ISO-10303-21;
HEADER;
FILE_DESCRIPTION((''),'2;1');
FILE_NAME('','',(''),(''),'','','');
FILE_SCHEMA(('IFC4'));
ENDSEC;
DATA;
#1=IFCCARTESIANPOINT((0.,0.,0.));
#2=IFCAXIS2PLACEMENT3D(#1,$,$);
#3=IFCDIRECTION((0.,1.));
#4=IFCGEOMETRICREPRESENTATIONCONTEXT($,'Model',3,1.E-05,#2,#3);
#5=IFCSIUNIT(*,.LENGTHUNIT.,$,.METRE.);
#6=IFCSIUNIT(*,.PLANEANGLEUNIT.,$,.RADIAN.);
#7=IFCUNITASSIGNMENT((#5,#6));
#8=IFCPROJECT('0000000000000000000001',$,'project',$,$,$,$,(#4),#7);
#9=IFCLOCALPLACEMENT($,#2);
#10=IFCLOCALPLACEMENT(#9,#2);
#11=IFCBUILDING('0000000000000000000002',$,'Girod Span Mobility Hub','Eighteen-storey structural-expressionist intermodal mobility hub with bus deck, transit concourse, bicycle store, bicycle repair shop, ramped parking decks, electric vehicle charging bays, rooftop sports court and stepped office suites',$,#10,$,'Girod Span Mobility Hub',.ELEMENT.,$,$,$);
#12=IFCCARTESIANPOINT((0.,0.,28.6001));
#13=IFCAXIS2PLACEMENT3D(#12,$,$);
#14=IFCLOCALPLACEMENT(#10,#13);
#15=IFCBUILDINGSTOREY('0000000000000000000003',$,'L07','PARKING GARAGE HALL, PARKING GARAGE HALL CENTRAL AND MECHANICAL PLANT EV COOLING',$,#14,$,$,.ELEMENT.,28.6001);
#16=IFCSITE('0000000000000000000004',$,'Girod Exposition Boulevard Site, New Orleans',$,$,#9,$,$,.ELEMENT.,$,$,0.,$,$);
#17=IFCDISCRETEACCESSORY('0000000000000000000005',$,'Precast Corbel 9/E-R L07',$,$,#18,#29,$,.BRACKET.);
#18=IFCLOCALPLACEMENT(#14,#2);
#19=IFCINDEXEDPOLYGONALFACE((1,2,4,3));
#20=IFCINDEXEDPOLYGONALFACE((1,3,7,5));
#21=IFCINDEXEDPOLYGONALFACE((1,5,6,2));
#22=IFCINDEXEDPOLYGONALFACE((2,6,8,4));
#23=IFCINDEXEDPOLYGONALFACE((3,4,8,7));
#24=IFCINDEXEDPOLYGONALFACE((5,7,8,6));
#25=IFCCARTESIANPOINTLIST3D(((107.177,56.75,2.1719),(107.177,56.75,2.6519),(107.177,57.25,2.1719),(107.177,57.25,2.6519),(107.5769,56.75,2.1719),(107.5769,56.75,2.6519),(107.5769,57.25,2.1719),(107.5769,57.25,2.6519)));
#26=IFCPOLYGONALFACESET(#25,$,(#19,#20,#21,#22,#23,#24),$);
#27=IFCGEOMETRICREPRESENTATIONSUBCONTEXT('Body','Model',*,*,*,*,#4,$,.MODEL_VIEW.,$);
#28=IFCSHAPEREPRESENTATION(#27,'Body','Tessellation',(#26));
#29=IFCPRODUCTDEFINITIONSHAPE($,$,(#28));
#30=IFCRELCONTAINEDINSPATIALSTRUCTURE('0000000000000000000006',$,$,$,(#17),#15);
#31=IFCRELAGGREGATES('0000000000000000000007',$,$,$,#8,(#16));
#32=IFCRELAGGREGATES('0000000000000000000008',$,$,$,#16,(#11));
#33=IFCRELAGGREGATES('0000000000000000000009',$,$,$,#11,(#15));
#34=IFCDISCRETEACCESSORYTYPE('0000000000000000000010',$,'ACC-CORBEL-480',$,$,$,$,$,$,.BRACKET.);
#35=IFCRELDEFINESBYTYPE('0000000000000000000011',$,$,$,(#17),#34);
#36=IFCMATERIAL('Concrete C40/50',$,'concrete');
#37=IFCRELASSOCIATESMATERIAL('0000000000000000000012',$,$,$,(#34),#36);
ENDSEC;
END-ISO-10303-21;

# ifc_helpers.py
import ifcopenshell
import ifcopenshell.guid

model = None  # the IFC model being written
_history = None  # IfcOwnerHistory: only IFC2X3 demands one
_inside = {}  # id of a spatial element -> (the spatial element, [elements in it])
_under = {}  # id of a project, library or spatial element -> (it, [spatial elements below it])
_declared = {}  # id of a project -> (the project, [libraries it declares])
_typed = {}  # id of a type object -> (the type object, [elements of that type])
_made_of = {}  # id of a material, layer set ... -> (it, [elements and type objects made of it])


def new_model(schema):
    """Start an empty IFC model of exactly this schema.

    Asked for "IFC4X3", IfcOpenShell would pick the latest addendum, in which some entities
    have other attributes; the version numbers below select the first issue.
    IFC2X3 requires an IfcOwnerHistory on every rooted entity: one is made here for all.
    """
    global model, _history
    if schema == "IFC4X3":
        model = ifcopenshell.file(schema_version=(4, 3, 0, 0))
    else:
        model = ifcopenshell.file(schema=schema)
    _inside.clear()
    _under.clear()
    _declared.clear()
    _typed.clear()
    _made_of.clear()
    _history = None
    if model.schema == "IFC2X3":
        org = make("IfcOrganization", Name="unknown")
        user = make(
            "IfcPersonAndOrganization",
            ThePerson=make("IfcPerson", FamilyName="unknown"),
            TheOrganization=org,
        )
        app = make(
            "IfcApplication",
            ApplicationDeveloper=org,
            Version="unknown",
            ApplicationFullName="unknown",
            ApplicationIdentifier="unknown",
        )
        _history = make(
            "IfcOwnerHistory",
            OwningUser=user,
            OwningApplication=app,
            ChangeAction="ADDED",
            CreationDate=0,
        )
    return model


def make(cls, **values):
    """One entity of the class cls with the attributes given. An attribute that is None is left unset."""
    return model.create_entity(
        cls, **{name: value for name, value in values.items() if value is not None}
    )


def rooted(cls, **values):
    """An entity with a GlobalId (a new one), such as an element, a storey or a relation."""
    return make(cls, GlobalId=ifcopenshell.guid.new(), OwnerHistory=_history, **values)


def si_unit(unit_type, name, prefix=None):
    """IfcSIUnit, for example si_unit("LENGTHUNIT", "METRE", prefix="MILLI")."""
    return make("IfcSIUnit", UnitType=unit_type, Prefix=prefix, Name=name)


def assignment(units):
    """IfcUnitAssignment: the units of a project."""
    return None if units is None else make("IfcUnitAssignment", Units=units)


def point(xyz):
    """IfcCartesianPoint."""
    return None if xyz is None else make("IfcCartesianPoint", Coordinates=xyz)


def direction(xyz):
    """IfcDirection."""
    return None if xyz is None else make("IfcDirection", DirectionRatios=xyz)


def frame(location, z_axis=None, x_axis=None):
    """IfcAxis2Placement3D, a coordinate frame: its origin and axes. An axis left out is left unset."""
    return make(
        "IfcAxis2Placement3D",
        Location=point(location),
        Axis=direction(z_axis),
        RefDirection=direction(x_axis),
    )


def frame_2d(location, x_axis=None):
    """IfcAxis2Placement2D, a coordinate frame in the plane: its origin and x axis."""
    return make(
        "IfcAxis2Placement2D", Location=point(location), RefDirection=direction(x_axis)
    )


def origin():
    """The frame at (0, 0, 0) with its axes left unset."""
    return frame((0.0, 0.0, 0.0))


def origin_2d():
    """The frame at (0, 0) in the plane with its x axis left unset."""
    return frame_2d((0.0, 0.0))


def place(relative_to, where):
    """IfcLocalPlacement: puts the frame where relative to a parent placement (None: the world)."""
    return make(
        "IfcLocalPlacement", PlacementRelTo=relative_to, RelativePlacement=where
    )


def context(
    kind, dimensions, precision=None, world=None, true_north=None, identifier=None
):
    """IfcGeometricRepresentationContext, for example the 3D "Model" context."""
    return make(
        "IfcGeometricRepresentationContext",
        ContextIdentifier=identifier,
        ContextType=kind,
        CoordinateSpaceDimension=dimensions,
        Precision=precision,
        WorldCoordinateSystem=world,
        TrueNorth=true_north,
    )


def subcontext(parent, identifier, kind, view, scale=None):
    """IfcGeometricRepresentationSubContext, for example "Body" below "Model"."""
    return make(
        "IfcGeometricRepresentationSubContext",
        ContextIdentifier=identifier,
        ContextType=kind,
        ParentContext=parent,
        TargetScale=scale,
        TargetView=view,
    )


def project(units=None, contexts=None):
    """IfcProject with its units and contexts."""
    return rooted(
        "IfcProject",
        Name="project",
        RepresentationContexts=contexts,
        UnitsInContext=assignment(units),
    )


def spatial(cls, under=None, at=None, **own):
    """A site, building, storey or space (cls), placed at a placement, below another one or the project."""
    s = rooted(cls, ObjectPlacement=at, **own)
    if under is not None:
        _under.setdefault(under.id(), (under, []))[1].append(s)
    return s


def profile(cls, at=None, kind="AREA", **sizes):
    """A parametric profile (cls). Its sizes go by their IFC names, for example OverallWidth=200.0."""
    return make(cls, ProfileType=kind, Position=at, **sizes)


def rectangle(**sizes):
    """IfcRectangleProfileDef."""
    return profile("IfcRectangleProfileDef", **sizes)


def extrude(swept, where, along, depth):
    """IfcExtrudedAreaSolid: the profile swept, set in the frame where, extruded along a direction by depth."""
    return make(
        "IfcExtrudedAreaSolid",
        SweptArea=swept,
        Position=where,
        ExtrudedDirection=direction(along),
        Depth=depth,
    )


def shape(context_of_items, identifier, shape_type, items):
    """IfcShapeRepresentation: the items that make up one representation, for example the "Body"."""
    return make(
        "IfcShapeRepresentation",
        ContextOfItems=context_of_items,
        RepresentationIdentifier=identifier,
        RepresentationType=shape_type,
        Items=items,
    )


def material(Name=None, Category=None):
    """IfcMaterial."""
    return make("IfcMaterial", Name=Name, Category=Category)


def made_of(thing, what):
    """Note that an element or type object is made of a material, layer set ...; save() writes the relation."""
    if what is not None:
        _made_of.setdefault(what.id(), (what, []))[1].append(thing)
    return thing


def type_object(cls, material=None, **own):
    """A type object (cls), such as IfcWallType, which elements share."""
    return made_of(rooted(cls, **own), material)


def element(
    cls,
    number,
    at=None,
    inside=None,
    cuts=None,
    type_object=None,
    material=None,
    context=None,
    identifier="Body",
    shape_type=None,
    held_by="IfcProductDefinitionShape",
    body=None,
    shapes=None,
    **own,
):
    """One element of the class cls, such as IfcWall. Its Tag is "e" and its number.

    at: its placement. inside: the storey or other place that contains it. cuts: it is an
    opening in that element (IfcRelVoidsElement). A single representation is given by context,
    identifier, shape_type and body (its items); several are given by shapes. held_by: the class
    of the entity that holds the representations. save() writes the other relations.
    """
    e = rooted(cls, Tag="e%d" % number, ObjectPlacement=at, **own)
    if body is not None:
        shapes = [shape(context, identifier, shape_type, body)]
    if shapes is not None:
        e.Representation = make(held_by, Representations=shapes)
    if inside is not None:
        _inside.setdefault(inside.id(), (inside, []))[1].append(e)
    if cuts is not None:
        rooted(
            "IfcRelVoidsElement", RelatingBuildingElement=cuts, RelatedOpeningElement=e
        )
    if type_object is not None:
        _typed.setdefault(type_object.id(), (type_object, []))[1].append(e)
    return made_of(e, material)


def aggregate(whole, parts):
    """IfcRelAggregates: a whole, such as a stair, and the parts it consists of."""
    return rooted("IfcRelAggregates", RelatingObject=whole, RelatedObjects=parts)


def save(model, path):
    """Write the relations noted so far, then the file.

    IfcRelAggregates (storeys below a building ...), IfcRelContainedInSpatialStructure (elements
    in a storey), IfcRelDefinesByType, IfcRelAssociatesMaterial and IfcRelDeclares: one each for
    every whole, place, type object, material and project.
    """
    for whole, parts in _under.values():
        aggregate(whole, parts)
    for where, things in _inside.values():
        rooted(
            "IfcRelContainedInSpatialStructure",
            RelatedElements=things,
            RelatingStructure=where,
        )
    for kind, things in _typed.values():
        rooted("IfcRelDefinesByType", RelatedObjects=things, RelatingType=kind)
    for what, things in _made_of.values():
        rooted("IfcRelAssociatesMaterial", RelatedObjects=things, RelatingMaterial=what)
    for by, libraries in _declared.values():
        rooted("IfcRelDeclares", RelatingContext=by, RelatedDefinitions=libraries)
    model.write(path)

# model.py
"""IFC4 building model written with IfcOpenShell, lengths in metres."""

from ifc_helpers import new_model, si_unit, direction, frame, origin, origin_2d, place, context, subcontext, project, spatial, rectangle, extrude, material, type_object, element, save


model = new_model("IFC4")

# Units and contexts
model_context = context("Model", 3, precision=1e-05, world=origin(), true_north=direction((0.0, 1.0)))
body_context = subcontext(model_context, "Body", "Model", "MODEL_VIEW")
ifc_project = project(units=[si_unit("LENGTHUNIT", "METRE"), si_unit("PLANEANGLEUNIT", "RADIAN")], contexts=[model_context])

# Site, building, storey
site_placement = place(None, origin())
site = spatial("IfcSite", under=ifc_project, at=site_placement, Name="Girod Exposition Boulevard Site, New Orleans", CompositionType="ELEMENT", RefElevation=0.0)
building_placement = place(site_placement, origin())
building = spatial("IfcBuilding", under=site, at=building_placement, Name="Girod Span Mobility Hub", Description="Eighteen-storey structural-expressionist intermodal mobility hub with bus deck, transit concourse, bicycle store, bicycle repair shop, ramped parking decks, electric vehicle charging bays, rooftop sports court and stepped office suites", LongName="Girod Span Mobility Hub", CompositionType="ELEMENT")
storey_placement = place(building_placement, frame((0.0, 0.0, 28.6001)))
storey = spatial("IfcBuildingStorey", under=building, at=storey_placement, Name="L07", Description="PARKING GARAGE HALL, PARKING GARAGE HALL CENTRAL AND MECHANICAL PLANT EV COOLING", CompositionType="ELEMENT", Elevation=28.6001)

# Discrete accessory
ifc_material_1 = material(Name="Concrete C40/50", Category="concrete")
discrete_accessory_type = type_object("IfcDiscreteAccessoryType", Name="ACC-CORBEL-480", PredefinedType="BRACKET", material=ifc_material_1)
for number, where, z_axis, x_axis, name in (
    (1, (107.377, 57.0, 2.1719), (0.0, 0.0, 1.0), (1.0, 0.0, 0.0), "Precast Corbel 9/E-R L07"),
):
    element("IfcDiscreteAccessory", number, at=place(storey_placement, frame(where, z_axis=z_axis, x_axis=x_axis)), inside=storey, type_object=discrete_accessory_type, Name=name, PredefinedType="BRACKET", context=body_context, shape_type="SweptSolid", body=[
        extrude(rectangle(XDim=0.3999, YDim=0.5, at=origin_2d()), origin(), (0.0, 0.0, 1.0), 0.48),
    ])

save(model, "model.ifc")
